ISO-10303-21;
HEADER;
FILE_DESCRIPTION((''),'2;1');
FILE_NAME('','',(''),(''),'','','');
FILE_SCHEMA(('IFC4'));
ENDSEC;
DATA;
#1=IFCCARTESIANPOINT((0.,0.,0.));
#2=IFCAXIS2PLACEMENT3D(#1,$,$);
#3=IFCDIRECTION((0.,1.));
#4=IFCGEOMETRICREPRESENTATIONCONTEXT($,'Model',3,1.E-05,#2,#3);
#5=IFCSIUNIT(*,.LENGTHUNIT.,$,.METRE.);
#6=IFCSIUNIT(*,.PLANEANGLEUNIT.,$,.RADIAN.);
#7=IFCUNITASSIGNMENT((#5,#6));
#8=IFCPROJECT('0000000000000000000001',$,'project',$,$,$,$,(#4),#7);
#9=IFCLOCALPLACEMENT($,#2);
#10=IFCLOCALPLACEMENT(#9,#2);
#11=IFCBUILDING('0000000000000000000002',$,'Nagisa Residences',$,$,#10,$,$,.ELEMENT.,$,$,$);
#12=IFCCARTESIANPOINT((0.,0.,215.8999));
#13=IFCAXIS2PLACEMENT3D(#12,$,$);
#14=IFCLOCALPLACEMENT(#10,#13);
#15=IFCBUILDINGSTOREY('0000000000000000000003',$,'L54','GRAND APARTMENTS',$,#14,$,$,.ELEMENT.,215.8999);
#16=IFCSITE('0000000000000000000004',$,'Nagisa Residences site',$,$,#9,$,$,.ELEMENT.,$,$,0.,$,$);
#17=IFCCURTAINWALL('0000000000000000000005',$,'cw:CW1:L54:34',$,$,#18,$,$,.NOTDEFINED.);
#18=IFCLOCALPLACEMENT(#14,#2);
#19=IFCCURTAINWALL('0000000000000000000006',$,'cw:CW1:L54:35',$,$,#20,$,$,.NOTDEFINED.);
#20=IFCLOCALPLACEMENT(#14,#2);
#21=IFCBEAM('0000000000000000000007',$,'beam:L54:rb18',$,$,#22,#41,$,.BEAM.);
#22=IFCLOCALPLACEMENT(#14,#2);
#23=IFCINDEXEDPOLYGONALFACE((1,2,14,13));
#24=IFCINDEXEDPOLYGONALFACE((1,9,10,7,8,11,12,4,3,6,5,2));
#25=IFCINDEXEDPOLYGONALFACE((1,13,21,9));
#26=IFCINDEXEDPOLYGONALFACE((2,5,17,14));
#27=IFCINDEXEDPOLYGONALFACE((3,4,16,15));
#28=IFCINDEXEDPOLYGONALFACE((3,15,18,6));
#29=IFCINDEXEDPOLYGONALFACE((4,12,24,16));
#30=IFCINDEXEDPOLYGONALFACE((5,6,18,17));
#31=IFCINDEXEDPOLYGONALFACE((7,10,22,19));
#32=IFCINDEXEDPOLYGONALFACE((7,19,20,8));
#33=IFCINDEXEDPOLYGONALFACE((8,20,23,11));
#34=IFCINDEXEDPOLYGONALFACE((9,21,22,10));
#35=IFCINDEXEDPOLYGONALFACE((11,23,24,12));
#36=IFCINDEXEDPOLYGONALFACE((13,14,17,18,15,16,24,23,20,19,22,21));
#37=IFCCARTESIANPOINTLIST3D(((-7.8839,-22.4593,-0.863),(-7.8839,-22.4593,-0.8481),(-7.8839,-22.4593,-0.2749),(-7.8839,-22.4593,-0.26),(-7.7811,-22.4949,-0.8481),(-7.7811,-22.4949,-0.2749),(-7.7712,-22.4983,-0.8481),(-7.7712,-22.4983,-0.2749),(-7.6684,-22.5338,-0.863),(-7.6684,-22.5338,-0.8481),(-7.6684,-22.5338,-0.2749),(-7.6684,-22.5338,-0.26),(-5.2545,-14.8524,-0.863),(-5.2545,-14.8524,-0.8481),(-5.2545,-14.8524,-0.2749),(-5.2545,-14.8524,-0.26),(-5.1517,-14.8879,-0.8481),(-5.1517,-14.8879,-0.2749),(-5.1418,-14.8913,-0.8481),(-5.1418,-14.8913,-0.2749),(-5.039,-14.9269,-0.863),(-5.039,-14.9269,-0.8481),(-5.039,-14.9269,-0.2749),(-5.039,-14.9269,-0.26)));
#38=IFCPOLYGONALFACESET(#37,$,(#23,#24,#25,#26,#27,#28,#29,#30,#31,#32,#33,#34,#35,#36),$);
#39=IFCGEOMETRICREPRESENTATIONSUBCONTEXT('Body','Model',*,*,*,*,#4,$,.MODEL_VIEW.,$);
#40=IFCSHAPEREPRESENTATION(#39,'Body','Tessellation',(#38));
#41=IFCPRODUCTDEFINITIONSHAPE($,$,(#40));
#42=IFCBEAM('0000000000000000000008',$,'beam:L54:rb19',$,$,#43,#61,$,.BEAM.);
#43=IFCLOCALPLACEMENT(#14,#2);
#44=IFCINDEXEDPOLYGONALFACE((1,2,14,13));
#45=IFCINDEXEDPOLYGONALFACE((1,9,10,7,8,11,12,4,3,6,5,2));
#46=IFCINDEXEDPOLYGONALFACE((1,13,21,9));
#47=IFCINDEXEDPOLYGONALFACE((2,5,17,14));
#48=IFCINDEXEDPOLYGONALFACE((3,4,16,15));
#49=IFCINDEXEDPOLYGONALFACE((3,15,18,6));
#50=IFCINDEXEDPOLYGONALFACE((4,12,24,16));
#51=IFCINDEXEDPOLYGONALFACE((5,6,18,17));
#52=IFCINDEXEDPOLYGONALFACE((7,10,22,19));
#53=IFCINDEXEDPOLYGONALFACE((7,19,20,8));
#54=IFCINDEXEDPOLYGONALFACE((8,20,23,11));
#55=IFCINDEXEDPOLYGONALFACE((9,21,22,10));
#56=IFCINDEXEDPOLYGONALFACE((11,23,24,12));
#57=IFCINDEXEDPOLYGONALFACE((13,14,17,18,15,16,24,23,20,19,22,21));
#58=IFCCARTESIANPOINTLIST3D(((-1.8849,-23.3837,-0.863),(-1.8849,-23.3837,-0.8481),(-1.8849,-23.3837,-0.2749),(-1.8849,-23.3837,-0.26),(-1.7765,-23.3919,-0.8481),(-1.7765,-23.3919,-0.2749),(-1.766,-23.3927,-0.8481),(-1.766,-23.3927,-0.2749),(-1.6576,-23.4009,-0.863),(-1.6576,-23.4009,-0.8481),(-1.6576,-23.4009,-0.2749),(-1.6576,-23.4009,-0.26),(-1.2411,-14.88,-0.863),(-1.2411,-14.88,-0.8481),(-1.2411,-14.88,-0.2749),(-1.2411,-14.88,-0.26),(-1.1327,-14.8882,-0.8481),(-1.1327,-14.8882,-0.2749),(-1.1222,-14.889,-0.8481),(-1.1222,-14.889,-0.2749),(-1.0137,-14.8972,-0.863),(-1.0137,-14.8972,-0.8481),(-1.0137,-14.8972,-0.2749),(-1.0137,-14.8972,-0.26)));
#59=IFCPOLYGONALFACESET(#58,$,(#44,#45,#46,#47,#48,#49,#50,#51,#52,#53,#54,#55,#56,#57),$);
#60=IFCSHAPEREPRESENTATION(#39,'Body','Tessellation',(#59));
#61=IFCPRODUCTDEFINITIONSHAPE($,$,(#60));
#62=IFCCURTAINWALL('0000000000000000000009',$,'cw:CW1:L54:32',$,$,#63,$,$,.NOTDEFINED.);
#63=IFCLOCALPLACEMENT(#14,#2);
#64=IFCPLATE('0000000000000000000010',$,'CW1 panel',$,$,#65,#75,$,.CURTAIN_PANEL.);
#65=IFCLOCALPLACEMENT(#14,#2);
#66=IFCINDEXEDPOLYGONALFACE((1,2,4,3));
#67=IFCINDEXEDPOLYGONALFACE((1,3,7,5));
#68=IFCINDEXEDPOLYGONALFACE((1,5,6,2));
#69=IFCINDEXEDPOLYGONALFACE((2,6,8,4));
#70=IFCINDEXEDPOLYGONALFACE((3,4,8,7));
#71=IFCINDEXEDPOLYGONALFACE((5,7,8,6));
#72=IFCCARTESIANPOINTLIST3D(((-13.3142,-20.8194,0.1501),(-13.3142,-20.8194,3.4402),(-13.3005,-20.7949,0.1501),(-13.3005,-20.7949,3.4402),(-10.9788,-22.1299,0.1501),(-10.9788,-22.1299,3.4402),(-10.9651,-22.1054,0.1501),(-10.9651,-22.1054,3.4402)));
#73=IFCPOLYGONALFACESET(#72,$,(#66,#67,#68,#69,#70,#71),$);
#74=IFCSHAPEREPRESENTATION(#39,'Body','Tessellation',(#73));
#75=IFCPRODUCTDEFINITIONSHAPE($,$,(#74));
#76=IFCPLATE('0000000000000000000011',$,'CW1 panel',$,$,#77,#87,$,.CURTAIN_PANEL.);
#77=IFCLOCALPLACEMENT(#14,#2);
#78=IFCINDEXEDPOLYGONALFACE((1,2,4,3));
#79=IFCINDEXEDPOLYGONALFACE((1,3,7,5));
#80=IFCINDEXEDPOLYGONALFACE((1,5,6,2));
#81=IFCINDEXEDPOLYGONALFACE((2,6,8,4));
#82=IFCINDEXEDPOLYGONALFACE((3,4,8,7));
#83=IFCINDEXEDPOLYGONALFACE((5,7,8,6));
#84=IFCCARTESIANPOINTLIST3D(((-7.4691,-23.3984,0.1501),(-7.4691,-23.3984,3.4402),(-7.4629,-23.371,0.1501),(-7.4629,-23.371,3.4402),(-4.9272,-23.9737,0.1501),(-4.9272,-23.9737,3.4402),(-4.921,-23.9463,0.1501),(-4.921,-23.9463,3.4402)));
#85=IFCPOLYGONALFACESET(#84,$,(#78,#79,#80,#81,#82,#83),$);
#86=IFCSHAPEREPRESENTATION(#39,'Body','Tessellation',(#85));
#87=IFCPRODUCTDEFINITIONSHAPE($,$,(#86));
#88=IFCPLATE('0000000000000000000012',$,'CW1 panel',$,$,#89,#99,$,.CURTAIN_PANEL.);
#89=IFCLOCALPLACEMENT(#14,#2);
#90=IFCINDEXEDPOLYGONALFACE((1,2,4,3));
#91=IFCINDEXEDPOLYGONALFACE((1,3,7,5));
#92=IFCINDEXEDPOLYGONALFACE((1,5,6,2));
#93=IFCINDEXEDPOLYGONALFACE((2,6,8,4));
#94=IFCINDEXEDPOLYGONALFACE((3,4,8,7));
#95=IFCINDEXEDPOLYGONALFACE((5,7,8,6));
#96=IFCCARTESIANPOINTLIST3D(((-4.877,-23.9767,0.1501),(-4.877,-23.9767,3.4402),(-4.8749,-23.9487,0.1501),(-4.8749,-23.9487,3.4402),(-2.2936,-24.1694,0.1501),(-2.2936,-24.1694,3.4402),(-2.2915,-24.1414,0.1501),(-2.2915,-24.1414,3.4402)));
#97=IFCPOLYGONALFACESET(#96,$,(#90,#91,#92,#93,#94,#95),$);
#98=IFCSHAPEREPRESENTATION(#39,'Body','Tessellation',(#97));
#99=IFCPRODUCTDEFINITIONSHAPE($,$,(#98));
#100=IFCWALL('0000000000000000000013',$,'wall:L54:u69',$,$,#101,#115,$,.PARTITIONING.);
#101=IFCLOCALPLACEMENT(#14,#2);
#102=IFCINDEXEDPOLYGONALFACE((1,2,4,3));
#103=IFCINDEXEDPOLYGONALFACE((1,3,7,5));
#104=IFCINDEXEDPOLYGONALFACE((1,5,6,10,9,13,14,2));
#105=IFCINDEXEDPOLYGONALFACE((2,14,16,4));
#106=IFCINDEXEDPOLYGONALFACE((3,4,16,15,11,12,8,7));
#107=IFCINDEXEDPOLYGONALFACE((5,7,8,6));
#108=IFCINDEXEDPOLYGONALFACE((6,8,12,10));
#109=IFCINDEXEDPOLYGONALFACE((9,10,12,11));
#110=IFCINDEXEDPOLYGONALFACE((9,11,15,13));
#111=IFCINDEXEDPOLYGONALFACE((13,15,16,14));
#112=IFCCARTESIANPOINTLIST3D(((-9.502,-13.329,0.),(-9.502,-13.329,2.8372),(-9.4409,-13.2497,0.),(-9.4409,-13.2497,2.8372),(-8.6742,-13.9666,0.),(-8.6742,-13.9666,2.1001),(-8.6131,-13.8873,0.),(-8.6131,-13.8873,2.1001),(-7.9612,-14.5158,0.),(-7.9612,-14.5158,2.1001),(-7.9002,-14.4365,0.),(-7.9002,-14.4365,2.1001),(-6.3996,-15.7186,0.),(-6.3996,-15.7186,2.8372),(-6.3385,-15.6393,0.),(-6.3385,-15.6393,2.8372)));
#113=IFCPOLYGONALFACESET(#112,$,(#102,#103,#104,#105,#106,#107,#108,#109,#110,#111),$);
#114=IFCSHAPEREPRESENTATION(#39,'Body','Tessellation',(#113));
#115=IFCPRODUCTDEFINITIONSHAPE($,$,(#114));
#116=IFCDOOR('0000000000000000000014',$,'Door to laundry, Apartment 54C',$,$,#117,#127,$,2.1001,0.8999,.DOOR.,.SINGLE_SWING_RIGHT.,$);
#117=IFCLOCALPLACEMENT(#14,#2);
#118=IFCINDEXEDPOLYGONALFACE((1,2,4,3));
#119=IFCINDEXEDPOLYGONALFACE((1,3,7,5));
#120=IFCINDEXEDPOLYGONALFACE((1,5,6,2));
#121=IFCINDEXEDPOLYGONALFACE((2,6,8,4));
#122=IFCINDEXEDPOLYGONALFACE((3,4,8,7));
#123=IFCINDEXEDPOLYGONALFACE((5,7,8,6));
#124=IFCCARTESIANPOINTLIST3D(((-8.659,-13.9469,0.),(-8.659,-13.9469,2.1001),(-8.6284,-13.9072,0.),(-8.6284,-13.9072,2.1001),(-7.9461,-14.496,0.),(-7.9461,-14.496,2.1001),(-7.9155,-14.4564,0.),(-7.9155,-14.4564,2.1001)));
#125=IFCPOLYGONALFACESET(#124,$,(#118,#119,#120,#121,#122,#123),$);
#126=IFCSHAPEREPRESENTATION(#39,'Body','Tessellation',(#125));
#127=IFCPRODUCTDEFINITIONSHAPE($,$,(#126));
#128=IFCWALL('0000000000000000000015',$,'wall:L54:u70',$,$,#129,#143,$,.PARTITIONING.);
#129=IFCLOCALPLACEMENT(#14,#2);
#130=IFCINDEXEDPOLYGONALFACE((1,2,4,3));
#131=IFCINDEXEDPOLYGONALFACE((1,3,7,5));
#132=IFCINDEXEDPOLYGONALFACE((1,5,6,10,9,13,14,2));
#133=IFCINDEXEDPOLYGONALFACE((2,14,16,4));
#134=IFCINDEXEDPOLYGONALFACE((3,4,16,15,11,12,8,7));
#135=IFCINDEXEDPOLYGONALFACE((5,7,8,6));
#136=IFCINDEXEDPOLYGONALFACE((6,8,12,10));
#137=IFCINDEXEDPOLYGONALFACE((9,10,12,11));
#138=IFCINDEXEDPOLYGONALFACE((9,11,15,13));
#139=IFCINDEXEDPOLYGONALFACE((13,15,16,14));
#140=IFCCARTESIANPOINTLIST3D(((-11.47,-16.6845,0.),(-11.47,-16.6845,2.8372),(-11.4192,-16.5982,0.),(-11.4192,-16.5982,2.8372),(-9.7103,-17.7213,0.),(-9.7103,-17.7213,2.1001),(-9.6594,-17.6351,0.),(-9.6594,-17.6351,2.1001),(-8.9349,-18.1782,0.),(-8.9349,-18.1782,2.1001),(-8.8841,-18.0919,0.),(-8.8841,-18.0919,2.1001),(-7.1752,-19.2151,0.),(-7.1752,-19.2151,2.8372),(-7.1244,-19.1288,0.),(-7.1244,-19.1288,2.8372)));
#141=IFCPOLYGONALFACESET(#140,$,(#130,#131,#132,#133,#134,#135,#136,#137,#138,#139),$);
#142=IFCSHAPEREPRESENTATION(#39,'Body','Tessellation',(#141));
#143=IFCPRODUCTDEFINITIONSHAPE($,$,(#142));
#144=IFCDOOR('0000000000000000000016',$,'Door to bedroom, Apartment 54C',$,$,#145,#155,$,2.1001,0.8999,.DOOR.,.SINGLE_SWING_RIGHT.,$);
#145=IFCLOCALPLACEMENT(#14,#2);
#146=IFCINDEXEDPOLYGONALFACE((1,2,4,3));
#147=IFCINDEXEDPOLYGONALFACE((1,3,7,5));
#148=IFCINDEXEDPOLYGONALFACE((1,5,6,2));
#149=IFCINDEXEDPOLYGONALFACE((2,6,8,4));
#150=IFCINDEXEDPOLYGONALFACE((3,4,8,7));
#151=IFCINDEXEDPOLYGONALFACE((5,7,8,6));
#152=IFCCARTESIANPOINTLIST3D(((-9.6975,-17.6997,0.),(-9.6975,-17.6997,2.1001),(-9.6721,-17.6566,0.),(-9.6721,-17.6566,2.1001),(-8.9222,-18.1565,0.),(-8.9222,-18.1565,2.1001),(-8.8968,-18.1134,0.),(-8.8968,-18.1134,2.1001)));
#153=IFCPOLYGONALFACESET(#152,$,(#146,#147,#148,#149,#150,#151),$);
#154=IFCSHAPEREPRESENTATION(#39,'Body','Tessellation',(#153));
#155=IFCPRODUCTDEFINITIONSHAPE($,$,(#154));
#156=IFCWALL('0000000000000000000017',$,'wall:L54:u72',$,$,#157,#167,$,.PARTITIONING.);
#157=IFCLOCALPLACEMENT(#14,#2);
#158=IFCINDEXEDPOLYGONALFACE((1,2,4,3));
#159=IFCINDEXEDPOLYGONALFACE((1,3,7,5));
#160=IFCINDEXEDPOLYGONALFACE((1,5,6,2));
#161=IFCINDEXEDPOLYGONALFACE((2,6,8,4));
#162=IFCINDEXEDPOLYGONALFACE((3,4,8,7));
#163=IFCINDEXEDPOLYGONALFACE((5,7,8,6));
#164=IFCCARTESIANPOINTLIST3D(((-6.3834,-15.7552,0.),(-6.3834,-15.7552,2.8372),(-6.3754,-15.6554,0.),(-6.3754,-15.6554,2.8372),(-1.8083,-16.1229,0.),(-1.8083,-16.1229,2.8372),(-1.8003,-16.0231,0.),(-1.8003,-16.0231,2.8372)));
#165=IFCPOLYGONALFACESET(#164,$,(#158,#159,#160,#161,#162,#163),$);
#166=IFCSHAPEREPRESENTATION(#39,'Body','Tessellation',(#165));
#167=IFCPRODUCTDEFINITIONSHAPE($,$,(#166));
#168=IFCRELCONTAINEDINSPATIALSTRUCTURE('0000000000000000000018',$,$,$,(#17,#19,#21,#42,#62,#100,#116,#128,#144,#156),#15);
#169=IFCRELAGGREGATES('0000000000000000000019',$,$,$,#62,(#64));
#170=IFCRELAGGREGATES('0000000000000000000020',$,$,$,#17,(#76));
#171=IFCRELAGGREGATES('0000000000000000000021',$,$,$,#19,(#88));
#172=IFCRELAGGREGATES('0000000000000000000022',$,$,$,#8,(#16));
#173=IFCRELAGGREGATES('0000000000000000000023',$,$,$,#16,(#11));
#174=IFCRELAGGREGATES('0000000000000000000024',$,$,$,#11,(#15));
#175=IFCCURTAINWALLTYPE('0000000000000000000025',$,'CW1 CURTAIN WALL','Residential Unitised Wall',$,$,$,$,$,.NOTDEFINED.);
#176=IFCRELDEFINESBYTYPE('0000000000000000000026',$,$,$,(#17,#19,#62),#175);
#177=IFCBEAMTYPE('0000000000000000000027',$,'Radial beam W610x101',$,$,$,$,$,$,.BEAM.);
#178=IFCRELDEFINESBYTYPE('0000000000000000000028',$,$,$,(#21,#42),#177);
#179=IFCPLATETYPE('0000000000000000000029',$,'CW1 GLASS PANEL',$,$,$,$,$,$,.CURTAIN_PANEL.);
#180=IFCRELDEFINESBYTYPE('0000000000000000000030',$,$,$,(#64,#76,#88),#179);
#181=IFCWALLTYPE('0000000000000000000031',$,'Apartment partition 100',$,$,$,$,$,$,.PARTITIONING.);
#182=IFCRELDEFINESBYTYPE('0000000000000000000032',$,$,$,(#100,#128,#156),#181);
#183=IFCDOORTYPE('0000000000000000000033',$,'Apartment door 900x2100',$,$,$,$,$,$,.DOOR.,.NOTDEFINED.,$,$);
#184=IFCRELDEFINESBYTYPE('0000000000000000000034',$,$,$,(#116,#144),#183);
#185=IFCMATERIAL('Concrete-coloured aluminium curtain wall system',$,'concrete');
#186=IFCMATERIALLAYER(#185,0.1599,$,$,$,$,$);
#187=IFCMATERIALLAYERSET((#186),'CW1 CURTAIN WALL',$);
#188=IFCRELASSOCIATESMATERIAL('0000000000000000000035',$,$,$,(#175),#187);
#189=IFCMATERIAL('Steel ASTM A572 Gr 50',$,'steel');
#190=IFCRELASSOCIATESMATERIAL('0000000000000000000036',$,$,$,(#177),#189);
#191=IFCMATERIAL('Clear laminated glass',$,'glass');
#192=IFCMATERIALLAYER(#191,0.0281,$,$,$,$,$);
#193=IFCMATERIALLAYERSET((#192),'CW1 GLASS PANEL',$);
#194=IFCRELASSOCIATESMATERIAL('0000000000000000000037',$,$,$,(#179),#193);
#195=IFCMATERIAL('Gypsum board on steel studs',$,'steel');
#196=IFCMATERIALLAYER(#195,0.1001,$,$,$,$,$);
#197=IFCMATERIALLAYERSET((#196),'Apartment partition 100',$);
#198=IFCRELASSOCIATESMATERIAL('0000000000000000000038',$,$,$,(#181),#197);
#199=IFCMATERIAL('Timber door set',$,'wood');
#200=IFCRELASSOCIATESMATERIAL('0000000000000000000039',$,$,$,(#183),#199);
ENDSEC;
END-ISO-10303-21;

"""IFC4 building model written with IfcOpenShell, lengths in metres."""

from ifc_helpers import new_model, si_unit, direction, frame, frame_2d, origin, origin_2d, place, context, subcontext, project, spatial, rectangle, i_section, extrude, material, layer, layer_set, material_profile, profile_set, type_object, element, fill, aggregate, save


model = new_model("IFC4")

# Units and contexts
model_context = context("Model", 3, precision=1e-05, world=origin(), true_north=direction((0.0, 1.0)))
body_context = subcontext(model_context, "Body", "Model", "MODEL_VIEW")
ifc_project = project(units=[si_unit("LENGTHUNIT", "METRE"), si_unit("PLANEANGLEUNIT", "RADIAN")], contexts=[model_context])

# Site, building, storey
site_placement = place(None, origin())
site = spatial("IfcSite", under=ifc_project, at=site_placement, Name="Nagisa Residences site", CompositionType="ELEMENT", RefElevation=0.0)
building_placement = place(site_placement, origin())
building = spatial("IfcBuilding", under=site, at=building_placement, Name="Nagisa Residences", CompositionType="ELEMENT")
storey_placement = place(building_placement, frame((0.0, 0.0, 215.8999)))
storey = spatial("IfcBuildingStorey", under=building, at=storey_placement, Name="L54", Description="GRAND APARTMENTS", CompositionType="ELEMENT", Elevation=215.8999)

# Curtain walls
ifc_material_1 = material(Name="Concrete-coloured aluminium curtain wall system", Category="concrete")
ifc_layer_1 = layer(ifc_material_1, 0.1599)
ifc_layer_set_1 = layer_set([ifc_layer_1], Name="CW1 CURTAIN WALL")
curtain_wall_type = type_object("IfcCurtainWallType", Name="CW1 CURTAIN WALL", Description="Residential Unitised Wall", PredefinedType="NOTDEFINED", material=ifc_layer_set_1)
curtain_wall_1_placement = place(storey_placement, origin())
curtain_wall_1 = element("IfcCurtainWall", 1, at=curtain_wall_1_placement, inside=storey, type_object=curtain_wall_type, Name="cw:CW1:L54:34", PredefinedType="NOTDEFINED")
curtain_wall_2_placement = place(storey_placement, origin())
curtain_wall_2 = element("IfcCurtainWall", 2, at=curtain_wall_2_placement, inside=storey, type_object=curtain_wall_type, Name="cw:CW1:L54:35", PredefinedType="NOTDEFINED")

# Beams
ifc_material_2 = material(Name="Steel ASTM A572 Gr 50", Category="steel")
ifc_material_profile_1 = material_profile(ifc_material_2, i_section(OverallWidth=0.228, OverallDepth=0.603, WebThickness=0.0105, FlangeThickness=0.0149, at=origin_2d()), Name="W610x101")
ifc_profile_set_1 = profile_set([ifc_material_profile_1], Name="Steel ASTM A572 Gr 50")
beam_type_1 = type_object("IfcBeamType", Name="Radial beam W610x101", PredefinedType="BEAM", material=ifc_profile_set_1)
beam_1_placement = place(storey_placement, frame((-7.7761, -22.4966, -0.5615), z_axis=(0.326692, 0.945131, 0.0), x_axis=(-0.945131, 0.326692, 0.0)))
element("IfcBeam", 3, at=beam_1_placement, inside=storey, type_object=beam_type_1, Name="beam:L54:rb18", PredefinedType="BEAM", context=body_context, shape_type="SweptSolid", body=[
    extrude(i_section(OverallWidth=0.228, OverallDepth=0.603, WebThickness=0.0105, FlangeThickness=0.0149, at=origin_2d()), origin(), (0.0, 0.0, 1.0), 8.0486),
])
beam_2_placement = place(storey_placement, frame((-1.7712, -23.3923, -0.5615), z_axis=(0.075492, 0.997146, 0.0), x_axis=(-0.997146, 0.075492, 0.0)))
element("IfcBeam", 4, at=beam_2_placement, inside=storey, type_object=beam_type_1, Name="beam:L54:rb19", PredefinedType="BEAM", context=body_context, shape_type="SweptSolid", body=[
    extrude(i_section(OverallWidth=0.228, OverallDepth=0.603, WebThickness=0.0105, FlangeThickness=0.0149, at=origin_2d()), origin(), (0.0, 0.0, 1.0), 8.5281),
])

# Curtain wall, plate
curtain_wall_3_placement = place(storey_placement, origin())
curtain_wall_3 = element("IfcCurtainWall", 5, at=curtain_wall_3_placement, inside=storey, type_object=curtain_wall_type, Name="cw:CW1:L54:32", PredefinedType="NOTDEFINED")
ifc_material_3 = material(Name="Clear laminated glass", Category="glass")
ifc_layer_2 = layer(ifc_material_3, 0.0281)
ifc_layer_set_2 = layer_set([ifc_layer_2], Name="CW1 GLASS PANEL")
plate_type = type_object("IfcPlateType", Name="CW1 GLASS PANEL", PredefinedType="CURTAIN_PANEL", material=ifc_layer_set_2)
plate_1_placement = place(storey_placement, frame((-12.1396, -21.4624, 0.1501), z_axis=(0.0, 0.0, 1.0), x_axis=(0.872072, -0.489377, 0.0)))
plate_1 = element("IfcPlate", 6, at=plate_1_placement, type_object=plate_type, Name="CW1 panel", PredefinedType="CURTAIN_PANEL", context=body_context, shape_type="SweptSolid", body=[
    extrude(rectangle(XDim=2.678, YDim=0.0281, at=origin_2d()), origin(), (0.0, 0.0, 1.0), 3.29),
])
aggregate(curtain_wall_3, [plate_1])

# Plates
plate_2_placement = place(storey_placement, frame((-6.1951, -23.6724, 0.1501), z_axis=(0.0, 0.0, 1.0), x_axis=(0.975327, -0.220764, 0.0)))
plate_2 = element("IfcPlate", 7, at=plate_2_placement, type_object=plate_type, Name="CW1 panel", PredefinedType="CURTAIN_PANEL", context=body_context, shape_type="SweptSolid", body=[
    extrude(rectangle(XDim=2.6062, YDim=0.0281, at=origin_2d()), origin(), (0.0, 0.0, 1.0), 3.29),
])
aggregate(curtain_wall_1, [plate_2])
plate_3_placement = place(storey_placement, frame((-3.5842, -24.0591, 0.1501), z_axis=(0.0, 0.0, 1.0), x_axis=(0.99723, -0.074377, 0.0)))
plate_3 = element("IfcPlate", 8, at=plate_3_placement, type_object=plate_type, Name="CW1 panel", PredefinedType="CURTAIN_PANEL", context=body_context, shape_type="SweptSolid", body=[
    extrude(rectangle(XDim=2.5906, YDim=0.0281, at=origin_2d()), origin(), (0.0, 0.0, 1.0), 3.29),
])
aggregate(curtain_wall_2, [plate_3])

# Walls, openings, doors
ifc_material_4 = material(Name="Gypsum board on steel studs", Category="steel")
ifc_layer_3 = layer(ifc_material_4, 0.1001)
ifc_layer_set_3 = layer_set([ifc_layer_3], Name="Apartment partition 100")
wall_type_1 = type_object("IfcWallType", Name="Apartment partition 100", PredefinedType="PARTITIONING", material=ifc_layer_set_3)
wall_1_placement = place(storey_placement, frame((-9.4714, -13.2893, 0.0), z_axis=(0.0, 0.0, 1.0), x_axis=(0.792221, -0.610235, 0.0)))
wall_1 = element("IfcWall", 9, at=wall_1_placement, inside=storey, type_object=wall_type_1, Name="wall:L54:u69", PredefinedType="PARTITIONING", context=body_context, shape_type="SweptSolid", body=[
    extrude(rectangle(XDim=3.916, YDim=0.1001, at=frame_2d((1.958, 0.0))), origin(), (0.0, 0.0, 1.0), 2.8372),
])
opening_1_placement = place(wall_1_placement, frame((1.0449, 0.0, 0.0)))
opening_1 = element("IfcOpeningElement", 10, at=opening_1_placement, cuts=wall_1, PredefinedType="OPENING", context=body_context, shape_type="SweptSolid", body=[
    extrude(rectangle(XDim=0.8999, YDim=2.1001, at=frame_2d((0.45, 1.05))), frame((0.0, 0.0601, 0.0), z_axis=(0.0, -1.0, 0.0), x_axis=(1.0, 0.0, 0.0)), (0.0, 0.0, 1.0), 0.1201),
])
ifc_material_5 = material(Name="Timber door set", Category="wood")
door_type_1 = type_object("IfcDoorType", Name="Apartment door 900x2100", OperationType="NOTDEFINED", PredefinedType="DOOR", material=ifc_material_5)
door_1_placement = place(opening_1_placement, origin())
door_1 = element("IfcDoor", 11, at=door_1_placement, inside=storey, type_object=door_type_1, Name="Door to laundry, Apartment 54C", OperationType="SINGLE_SWING_RIGHT", OverallHeight=2.1001, OverallWidth=0.8999, PredefinedType="DOOR", context=body_context, shape_type="SweptSolid", body=[
    extrude(rectangle(XDim=0.8999, YDim=2.1001, at=frame_2d((0.45, 1.05))), frame((0.0, 0.0249, 0.0), z_axis=(0.0, -1.0, 0.0), x_axis=(1.0, 0.0, 0.0)), (0.0, 0.0, 1.0), 0.05),
])
fill(opening_1, door_1)
wall_2_placement = place(storey_placement, frame((-11.4446, -16.6414, 0.0), z_axis=(0.0, 0.0, 1.0), x_axis=(0.861563, -0.507651, 0.0)))
wall_2 = element("IfcWall", 12, at=wall_2_placement, inside=storey, type_object=wall_type_1, Name="wall:L54:u70", PredefinedType="PARTITIONING", context=body_context, shape_type="SweptSolid", body=[
    extrude(rectangle(XDim=4.9849, YDim=0.1001, at=frame_2d((2.4924, 0.0))), origin(), (0.0, 0.0, 1.0), 2.8372),
])
opening_2_placement = place(wall_2_placement, frame((2.0425, 0.0, 0.0)))
opening_2 = element("IfcOpeningElement", 13, at=opening_2_placement, cuts=wall_2, PredefinedType="OPENING", context=body_context, shape_type="SweptSolid", body=[
    extrude(rectangle(XDim=0.8999, YDim=2.1001, at=frame_2d((0.45, 1.05))), frame((0.0, 0.0601, 0.0), z_axis=(0.0, -1.0, 0.0), x_axis=(1.0, 0.0, 0.0)), (0.0, 0.0, 1.0), 0.1201),
])
door_2_placement = place(opening_2_placement, frame((0.8999, 0.0, 0.0), x_axis=(-1.0, 0.0, 0.0)))
door_2 = element("IfcDoor", 14, at=door_2_placement, inside=storey, type_object=door_type_1, Name="Door to bedroom, Apartment 54C", OperationType="SINGLE_SWING_RIGHT", OverallHeight=2.1001, OverallWidth=0.8999, PredefinedType="DOOR", context=body_context, shape_type="SweptSolid", body=[
    extrude(rectangle(XDim=0.8999, YDim=2.1001, at=frame_2d((0.45, 1.05))), frame((0.0, 0.0249, 0.0), z_axis=(0.0, -1.0, 0.0), x_axis=(1.0, 0.0, 0.0)), (0.0, 0.0, 1.0), 0.05),
])
fill(opening_2, door_2)

# Wall
wall_3_placement = place(storey_placement, frame((-6.3794, -15.7053, 0.0), z_axis=(0.0, 0.0, 1.0), x_axis=(0.996786, -0.080105, 0.0)))
element("IfcWall", 15, at=wall_3_placement, inside=storey, type_object=wall_type_1, Name="wall:L54:u72", PredefinedType="PARTITIONING", context=body_context, shape_type="SweptSolid", body=[
    extrude(rectangle(XDim=4.5898, YDim=0.1001, at=frame_2d((2.2949, 0.0))), origin(), (0.0, 0.0, 1.0), 2.8372),
])

save(model, "model.ifc")
